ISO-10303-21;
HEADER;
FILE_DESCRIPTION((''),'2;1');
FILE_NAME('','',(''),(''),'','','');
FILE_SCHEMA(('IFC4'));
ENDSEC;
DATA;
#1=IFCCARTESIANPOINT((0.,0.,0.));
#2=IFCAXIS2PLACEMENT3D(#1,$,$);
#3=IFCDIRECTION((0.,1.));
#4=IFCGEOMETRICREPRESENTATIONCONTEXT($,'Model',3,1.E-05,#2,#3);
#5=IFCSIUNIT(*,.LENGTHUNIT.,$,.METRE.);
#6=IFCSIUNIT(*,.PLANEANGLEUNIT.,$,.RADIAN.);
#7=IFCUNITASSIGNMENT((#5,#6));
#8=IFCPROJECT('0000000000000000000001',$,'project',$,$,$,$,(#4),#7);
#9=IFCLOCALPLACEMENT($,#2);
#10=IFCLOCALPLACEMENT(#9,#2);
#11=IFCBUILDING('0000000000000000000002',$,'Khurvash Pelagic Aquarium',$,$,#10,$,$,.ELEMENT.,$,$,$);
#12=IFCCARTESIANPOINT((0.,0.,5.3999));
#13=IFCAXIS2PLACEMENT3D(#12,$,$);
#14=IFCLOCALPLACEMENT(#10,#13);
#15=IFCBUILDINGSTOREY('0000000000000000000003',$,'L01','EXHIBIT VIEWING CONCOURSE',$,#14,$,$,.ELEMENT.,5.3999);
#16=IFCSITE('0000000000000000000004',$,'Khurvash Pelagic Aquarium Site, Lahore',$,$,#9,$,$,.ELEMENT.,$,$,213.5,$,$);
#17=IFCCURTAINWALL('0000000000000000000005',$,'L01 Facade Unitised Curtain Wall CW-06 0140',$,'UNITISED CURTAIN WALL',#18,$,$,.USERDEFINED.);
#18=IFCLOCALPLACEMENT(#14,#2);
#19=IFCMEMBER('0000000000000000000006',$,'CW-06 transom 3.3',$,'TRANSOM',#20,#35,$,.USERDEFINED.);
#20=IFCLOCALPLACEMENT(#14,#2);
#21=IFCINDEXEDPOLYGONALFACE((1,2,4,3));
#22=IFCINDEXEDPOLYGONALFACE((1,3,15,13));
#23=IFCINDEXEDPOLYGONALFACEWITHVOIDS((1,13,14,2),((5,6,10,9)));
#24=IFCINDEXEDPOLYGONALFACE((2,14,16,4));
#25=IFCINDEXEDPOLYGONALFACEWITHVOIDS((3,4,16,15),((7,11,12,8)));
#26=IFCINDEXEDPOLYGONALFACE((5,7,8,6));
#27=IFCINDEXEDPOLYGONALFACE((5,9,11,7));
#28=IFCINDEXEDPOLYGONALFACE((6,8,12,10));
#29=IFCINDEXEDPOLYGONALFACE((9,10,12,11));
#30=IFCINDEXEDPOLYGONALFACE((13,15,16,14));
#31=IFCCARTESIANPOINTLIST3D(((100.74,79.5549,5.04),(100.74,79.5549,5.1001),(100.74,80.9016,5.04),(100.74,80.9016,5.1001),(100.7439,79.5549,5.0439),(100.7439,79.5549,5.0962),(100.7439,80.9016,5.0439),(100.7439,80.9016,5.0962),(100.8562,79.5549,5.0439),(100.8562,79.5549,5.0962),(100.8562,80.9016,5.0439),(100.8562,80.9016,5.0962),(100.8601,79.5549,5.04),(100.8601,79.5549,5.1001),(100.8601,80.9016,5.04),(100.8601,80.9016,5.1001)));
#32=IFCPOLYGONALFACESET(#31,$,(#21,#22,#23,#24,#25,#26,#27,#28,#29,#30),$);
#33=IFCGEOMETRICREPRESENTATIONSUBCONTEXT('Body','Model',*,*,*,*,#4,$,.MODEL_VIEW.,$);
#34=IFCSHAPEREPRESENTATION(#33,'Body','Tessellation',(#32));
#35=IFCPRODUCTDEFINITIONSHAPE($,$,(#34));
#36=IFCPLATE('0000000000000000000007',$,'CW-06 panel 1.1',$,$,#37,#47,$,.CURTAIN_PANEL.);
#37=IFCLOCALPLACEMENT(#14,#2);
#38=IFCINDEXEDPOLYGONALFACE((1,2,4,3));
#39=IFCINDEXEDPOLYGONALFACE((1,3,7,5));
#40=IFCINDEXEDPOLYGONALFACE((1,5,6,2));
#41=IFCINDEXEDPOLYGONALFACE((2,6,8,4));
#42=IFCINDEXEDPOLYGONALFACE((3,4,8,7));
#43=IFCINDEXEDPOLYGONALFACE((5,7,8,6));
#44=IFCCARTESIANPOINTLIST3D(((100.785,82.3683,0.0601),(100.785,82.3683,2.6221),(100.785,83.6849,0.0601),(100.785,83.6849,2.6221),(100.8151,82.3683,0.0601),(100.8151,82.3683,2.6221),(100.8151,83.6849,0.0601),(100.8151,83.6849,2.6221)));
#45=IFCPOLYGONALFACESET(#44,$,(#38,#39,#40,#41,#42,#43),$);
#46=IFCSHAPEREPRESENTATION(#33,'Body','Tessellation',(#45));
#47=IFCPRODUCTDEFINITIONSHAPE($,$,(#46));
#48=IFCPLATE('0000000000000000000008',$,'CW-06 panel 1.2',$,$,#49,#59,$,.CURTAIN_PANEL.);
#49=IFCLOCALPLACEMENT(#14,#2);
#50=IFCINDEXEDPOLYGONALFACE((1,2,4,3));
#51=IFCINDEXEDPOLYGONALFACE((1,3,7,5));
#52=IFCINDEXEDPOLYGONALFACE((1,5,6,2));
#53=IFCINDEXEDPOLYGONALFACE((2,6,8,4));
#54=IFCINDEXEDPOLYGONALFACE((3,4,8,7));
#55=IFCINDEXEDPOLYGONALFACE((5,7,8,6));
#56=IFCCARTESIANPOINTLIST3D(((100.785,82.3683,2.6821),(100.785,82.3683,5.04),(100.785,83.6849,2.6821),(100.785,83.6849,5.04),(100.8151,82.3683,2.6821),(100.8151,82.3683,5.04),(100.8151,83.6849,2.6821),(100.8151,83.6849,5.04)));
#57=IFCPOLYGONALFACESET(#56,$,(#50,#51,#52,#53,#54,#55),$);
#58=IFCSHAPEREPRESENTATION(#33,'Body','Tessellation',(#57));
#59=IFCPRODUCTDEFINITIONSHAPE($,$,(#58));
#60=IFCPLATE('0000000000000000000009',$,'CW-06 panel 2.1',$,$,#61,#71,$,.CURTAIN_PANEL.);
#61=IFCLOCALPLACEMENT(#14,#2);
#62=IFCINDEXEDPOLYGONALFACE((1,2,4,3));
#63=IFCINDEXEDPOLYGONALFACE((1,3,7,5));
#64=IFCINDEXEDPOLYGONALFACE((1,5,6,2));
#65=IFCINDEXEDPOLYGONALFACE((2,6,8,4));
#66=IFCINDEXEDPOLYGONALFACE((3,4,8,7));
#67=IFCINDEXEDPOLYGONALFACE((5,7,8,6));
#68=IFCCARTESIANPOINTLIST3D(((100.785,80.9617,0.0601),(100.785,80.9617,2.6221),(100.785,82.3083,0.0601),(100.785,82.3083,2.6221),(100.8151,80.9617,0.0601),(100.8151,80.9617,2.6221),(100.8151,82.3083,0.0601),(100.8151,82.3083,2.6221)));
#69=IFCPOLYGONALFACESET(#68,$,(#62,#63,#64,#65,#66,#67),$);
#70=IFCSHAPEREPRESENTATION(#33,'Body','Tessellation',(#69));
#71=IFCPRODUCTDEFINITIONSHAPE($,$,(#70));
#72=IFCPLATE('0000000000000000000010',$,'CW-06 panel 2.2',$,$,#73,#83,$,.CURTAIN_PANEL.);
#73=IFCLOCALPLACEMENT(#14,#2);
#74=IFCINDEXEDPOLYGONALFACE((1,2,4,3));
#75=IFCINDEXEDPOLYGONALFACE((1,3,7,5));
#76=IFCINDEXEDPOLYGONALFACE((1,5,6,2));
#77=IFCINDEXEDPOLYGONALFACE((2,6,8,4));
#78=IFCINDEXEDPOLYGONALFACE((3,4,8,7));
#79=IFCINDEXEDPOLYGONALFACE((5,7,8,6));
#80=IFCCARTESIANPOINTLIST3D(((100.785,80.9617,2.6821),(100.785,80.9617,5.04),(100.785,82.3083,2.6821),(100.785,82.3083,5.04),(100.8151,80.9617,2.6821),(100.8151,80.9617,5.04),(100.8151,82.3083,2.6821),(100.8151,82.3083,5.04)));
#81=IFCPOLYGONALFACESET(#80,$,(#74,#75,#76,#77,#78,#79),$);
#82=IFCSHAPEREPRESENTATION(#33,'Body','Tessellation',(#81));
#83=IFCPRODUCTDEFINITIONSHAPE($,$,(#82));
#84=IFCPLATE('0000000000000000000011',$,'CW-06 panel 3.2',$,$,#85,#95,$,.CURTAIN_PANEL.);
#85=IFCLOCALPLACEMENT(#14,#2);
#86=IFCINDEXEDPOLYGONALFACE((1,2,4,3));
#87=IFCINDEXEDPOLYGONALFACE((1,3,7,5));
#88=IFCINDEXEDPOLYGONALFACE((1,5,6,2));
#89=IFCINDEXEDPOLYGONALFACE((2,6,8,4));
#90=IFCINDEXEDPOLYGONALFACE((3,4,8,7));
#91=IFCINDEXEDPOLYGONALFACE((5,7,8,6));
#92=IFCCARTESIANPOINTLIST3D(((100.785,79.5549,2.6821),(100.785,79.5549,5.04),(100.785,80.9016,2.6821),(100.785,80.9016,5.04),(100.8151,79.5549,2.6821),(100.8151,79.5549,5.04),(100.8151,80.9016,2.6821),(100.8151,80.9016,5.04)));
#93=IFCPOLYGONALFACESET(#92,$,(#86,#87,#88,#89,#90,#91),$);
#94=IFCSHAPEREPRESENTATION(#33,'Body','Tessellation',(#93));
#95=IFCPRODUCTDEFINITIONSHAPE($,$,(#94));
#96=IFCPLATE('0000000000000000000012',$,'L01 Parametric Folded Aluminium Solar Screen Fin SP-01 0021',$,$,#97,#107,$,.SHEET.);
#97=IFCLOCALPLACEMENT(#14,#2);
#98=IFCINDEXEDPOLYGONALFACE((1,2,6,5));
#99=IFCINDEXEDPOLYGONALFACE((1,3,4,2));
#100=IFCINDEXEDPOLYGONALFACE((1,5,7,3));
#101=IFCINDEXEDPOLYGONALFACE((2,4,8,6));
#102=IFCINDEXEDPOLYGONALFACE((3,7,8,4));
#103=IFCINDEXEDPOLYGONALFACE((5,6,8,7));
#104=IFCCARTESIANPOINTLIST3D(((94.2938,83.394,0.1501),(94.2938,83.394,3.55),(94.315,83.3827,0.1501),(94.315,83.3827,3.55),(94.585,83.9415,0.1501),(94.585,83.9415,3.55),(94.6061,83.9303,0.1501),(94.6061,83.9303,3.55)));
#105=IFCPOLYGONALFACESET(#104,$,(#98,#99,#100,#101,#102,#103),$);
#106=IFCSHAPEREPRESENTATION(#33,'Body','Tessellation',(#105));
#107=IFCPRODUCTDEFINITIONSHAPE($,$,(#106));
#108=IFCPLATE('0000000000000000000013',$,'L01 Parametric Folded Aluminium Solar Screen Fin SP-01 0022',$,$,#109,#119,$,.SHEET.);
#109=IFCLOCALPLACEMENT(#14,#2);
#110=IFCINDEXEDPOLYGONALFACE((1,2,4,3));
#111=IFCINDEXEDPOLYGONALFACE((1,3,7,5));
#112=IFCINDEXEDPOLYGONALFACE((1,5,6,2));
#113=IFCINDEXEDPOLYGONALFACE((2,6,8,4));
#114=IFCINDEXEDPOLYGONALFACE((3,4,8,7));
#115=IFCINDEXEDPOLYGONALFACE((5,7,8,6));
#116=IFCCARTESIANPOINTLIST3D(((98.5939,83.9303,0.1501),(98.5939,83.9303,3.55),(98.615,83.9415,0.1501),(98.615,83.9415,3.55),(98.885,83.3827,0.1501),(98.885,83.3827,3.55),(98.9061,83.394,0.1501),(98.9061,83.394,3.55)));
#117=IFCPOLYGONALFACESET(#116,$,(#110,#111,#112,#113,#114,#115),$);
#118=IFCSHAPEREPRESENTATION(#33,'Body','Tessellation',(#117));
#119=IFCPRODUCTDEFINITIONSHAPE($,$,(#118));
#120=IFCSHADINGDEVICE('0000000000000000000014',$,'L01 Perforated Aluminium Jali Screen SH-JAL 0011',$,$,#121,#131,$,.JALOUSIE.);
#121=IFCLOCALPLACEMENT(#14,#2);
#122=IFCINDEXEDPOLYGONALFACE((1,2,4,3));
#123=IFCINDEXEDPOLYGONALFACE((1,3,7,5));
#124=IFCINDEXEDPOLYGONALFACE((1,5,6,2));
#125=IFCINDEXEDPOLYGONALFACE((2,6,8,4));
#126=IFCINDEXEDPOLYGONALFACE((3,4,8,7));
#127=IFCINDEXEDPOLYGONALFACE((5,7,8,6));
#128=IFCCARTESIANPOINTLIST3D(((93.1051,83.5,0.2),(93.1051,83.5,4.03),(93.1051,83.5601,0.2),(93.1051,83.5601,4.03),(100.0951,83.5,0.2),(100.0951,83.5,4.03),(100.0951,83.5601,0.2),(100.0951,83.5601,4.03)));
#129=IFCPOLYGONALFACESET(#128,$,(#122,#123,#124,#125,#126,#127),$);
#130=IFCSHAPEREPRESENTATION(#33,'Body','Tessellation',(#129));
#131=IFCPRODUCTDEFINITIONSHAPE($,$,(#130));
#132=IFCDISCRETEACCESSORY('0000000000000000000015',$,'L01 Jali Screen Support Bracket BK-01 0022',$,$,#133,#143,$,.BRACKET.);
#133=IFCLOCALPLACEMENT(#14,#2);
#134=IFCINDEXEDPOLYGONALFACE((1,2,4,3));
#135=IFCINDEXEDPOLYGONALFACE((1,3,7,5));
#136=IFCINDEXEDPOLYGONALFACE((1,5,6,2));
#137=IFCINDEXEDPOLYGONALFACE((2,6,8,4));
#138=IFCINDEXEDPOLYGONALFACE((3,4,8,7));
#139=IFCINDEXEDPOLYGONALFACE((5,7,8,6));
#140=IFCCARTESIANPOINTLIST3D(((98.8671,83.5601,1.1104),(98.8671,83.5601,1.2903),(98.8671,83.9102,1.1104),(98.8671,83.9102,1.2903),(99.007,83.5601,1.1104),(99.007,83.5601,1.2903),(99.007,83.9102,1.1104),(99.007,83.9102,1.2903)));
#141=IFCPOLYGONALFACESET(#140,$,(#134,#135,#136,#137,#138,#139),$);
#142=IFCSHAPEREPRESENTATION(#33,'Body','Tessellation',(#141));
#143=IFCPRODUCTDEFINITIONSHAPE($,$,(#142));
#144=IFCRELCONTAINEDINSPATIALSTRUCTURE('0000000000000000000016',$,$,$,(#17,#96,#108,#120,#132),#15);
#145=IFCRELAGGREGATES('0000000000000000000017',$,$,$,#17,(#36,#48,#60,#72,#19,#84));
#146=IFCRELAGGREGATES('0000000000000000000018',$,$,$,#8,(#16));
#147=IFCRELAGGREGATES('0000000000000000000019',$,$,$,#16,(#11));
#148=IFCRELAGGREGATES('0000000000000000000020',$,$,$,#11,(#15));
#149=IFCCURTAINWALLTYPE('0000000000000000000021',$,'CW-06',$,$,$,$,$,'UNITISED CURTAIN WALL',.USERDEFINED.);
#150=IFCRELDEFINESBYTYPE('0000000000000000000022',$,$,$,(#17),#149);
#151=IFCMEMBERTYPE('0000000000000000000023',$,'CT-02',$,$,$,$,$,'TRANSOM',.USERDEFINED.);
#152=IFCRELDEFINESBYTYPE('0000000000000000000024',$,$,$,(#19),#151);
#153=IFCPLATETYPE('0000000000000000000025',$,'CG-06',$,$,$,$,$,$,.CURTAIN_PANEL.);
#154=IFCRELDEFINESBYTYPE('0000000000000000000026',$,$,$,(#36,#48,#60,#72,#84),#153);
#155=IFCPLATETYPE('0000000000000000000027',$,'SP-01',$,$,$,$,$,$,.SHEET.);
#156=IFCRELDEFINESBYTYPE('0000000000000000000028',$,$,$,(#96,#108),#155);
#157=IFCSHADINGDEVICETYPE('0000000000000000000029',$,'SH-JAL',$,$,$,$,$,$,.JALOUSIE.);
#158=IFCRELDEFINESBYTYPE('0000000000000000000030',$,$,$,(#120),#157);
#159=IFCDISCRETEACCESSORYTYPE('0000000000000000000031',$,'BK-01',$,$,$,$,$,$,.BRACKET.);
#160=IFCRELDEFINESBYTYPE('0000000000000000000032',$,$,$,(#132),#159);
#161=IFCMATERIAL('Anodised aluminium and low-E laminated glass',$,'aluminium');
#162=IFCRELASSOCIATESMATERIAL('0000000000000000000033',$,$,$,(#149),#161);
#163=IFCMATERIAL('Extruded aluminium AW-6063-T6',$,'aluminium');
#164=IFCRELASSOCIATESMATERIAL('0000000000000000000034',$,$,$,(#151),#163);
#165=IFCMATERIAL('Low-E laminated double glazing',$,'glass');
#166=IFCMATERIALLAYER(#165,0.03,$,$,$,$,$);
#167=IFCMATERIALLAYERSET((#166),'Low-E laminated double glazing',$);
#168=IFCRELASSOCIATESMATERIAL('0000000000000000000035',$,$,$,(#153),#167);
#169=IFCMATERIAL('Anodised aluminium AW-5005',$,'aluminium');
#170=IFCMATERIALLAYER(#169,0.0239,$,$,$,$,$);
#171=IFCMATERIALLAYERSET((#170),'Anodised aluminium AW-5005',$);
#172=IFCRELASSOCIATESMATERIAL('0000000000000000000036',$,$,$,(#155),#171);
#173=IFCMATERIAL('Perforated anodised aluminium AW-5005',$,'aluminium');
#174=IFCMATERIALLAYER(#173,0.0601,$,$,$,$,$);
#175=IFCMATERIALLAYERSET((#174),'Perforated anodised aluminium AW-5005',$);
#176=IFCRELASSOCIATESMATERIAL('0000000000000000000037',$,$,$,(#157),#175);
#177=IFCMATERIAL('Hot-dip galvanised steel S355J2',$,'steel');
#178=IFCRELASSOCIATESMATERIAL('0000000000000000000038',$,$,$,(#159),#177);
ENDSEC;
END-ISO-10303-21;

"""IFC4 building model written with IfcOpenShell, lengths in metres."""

from ifc_helpers import new_model, si_unit, direction, frame, origin, origin_2d, place, context, subcontext, project, spatial, rectangle, hollow_rectangle, extrude, material, layer, layer_set, material_profile, profile_set, type_object, element, aggregate, save


model = new_model("IFC4")

# Units and contexts
model_context = context("Model", 3, precision=1e-05, world=origin(), true_north=direction((0.0, 1.0)))
body_context = subcontext(model_context, "Body", "Model", "MODEL_VIEW")
ifc_project = project(units=[si_unit("LENGTHUNIT", "METRE"), si_unit("PLANEANGLEUNIT", "RADIAN")], contexts=[model_context])

# Site, building, storey
site_placement = place(None, origin())
site = spatial("IfcSite", under=ifc_project, at=site_placement, Name="Khurvash Pelagic Aquarium Site, Lahore", CompositionType="ELEMENT", RefElevation=213.5)
building_placement = place(site_placement, origin())
building = spatial("IfcBuilding", under=site, at=building_placement, Name="Khurvash Pelagic Aquarium", CompositionType="ELEMENT")
storey_placement = place(building_placement, frame((0.0, 0.0, 5.3999)))
storey = spatial("IfcBuildingStorey", under=building, at=storey_placement, Name="L01", Description="EXHIBIT VIEWING CONCOURSE", CompositionType="ELEMENT", Elevation=5.3999)

# Curtain wall, member, plates
ifc_material_1 = material(Name="Anodised aluminium and low-E laminated glass", Category="aluminium")
curtain_wall_type = type_object("IfcCurtainWallType", Name="CW-06", ElementType="UNITISED CURTAIN WALL", PredefinedType="USERDEFINED", material=ifc_material_1)
curtain_wall_placement = place(storey_placement, origin())
curtain_wall = element("IfcCurtainWall", 1, at=curtain_wall_placement, inside=storey, type_object=curtain_wall_type, Name="L01 Facade Unitised Curtain Wall CW-06 0140", ObjectType="UNITISED CURTAIN WALL", PredefinedType="USERDEFINED")
ifc_material_2 = material(Name="Extruded aluminium AW-6063-T6", Category="aluminium")
ifc_material_profile_1 = material_profile(ifc_material_2, hollow_rectangle(XDim=0.1201, YDim=0.0601, WallThickness=0.0039, at=origin_2d()), Name="CWT120X60X4")
ifc_profile_set_1 = profile_set([ifc_material_profile_1], Name="Extruded aluminium AW-6063-T6")
member_type_1 = type_object("IfcMemberType", Name="CT-02", ElementType="TRANSOM", PredefinedType="USERDEFINED", material=ifc_profile_set_1)
member_1_placement = place(storey_placement, frame((100.8, 80.9016, 5.0701), z_axis=(0.0, -1.0, 0.0), x_axis=(1.0, 0.0, 0.0)))
member_1 = element("IfcMember", 2, at=member_1_placement, type_object=member_type_1, Name="CW-06 transom 3.3", ObjectType="TRANSOM", PredefinedType="USERDEFINED", context=body_context, shape_type="SweptSolid", body=[
    extrude(hollow_rectangle(XDim=0.1201, YDim=0.0601, WallThickness=0.0039, at=origin_2d()), origin(), (0.0, 0.0, 1.0), 1.3467),
])
ifc_material_3 = material(Name="Low-E laminated double glazing", Category="glass")
ifc_layer_1 = layer(ifc_material_3, 0.03)
ifc_layer_set_1 = layer_set([ifc_layer_1], Name="Low-E laminated double glazing")
plate_type_1 = type_object("IfcPlateType", Name="CG-06", PredefinedType="CURTAIN_PANEL", material=ifc_layer_set_1)
plate_1_placement = place(storey_placement, frame((100.8, 83.0266, 0.0601), z_axis=(0.0, 0.0, 1.0), x_axis=(0.0, -1.0, 0.0)))
plate_1 = element("IfcPlate", 3, at=plate_1_placement, type_object=plate_type_1, Name="CW-06 panel 1.1", PredefinedType="CURTAIN_PANEL", context=body_context, shape_type="SweptSolid", body=[
    extrude(rectangle(XDim=1.3167, YDim=0.03, at=origin_2d()), origin(), (0.0, 0.0, 1.0), 2.562),
])
plate_2_placement = place(storey_placement, frame((100.8, 83.0266, 2.6821), z_axis=(0.0, 0.0, 1.0), x_axis=(0.0, -1.0, 0.0)))
plate_2 = element("IfcPlate", 4, at=plate_2_placement, type_object=plate_type_1, Name="CW-06 panel 1.2", PredefinedType="CURTAIN_PANEL", context=body_context, shape_type="SweptSolid", body=[
    extrude(rectangle(XDim=1.3167, YDim=0.03, at=origin_2d()), origin(), (0.0, 0.0, 1.0), 2.3579),
])
plate_3_placement = place(storey_placement, frame((100.8, 81.635, 0.0601), z_axis=(0.0, 0.0, 1.0), x_axis=(0.0, -1.0, 0.0)))
plate_3 = element("IfcPlate", 5, at=plate_3_placement, type_object=plate_type_1, Name="CW-06 panel 2.1", PredefinedType="CURTAIN_PANEL", context=body_context, shape_type="SweptSolid", body=[
    extrude(rectangle(XDim=1.3467, YDim=0.03, at=origin_2d()), origin(), (0.0, 0.0, 1.0), 2.562),
])
plate_4_placement = place(storey_placement, frame((100.8, 81.635, 2.6821), z_axis=(0.0, 0.0, 1.0), x_axis=(0.0, -1.0, 0.0)))
plate_4 = element("IfcPlate", 6, at=plate_4_placement, type_object=plate_type_1, Name="CW-06 panel 2.2", PredefinedType="CURTAIN_PANEL", context=body_context, shape_type="SweptSolid", body=[
    extrude(rectangle(XDim=1.3467, YDim=0.03, at=origin_2d()), origin(), (0.0, 0.0, 1.0), 2.3579),
])
plate_5_placement = place(storey_placement, frame((100.8, 80.2283, 2.6821), z_axis=(0.0, 0.0, 1.0), x_axis=(0.0, -1.0, 0.0)))
plate_5 = element("IfcPlate", 7, at=plate_5_placement, type_object=plate_type_1, Name="CW-06 panel 3.2", PredefinedType="CURTAIN_PANEL", context=body_context, shape_type="SweptSolid", body=[
    extrude(rectangle(XDim=1.3467, YDim=0.03, at=origin_2d()), origin(), (0.0, 0.0, 1.0), 2.3579),
])
aggregate(curtain_wall, [plate_1, plate_2, plate_3, plate_4, member_1, plate_5])

# Plates
ifc_material_4 = material(Name="Anodised aluminium AW-5005", Category="aluminium")
ifc_layer_2 = layer(ifc_material_4, 0.0239)
ifc_layer_set_2 = layer_set([ifc_layer_2], Name="Anodised aluminium AW-5005")
plate_type_2 = type_object("IfcPlateType", Name="SP-01", PredefinedType="SHEET", material=ifc_layer_set_2)
for number, where, z_axis, x_axis, name in (
    (8, (94.45, 83.6621, 0.1501), (0.0, 0.0, 1.0), (-0.469472, -0.882948, 0.0), "L01 Parametric Folded Aluminium Solar Screen Fin SP-01 0021"),
    (9, (98.75, 83.6621, 0.1501), (0.0, 0.0, 1.0), (0.469472, -0.882948, 0.0), "L01 Parametric Folded Aluminium Solar Screen Fin SP-01 0022"),
):
    element("IfcPlate", number, at=place(storey_placement, frame(where, z_axis=z_axis, x_axis=x_axis)), inside=storey, type_object=plate_type_2, Name=name, PredefinedType="SHEET", context=body_context, shape_type="SweptSolid", body=[
        extrude(rectangle(XDim=0.6201, YDim=0.0239, at=origin_2d()), origin(), (0.0, 0.0, 1.0), 3.3999),
    ])

# Shading device
ifc_material_5 = material(Name="Perforated anodised aluminium AW-5005", Category="aluminium")
ifc_layer_3 = layer(ifc_material_5, 0.0601)
ifc_layer_set_3 = layer_set([ifc_layer_3], Name="Perforated anodised aluminium AW-5005")
shading_device_type = type_object("IfcShadingDeviceType", Name="SH-JAL", PredefinedType="JALOUSIE", material=ifc_layer_set_3)
shading_device_placement = place(storey_placement, frame((96.6001, 83.53, 0.2), z_axis=(0.0, 0.0, 1.0), x_axis=(1.0, 0.0, 0.0)))
element("IfcShadingDevice", 10, at=shading_device_placement, inside=storey, type_object=shading_device_type, Name="L01 Perforated Aluminium Jali Screen SH-JAL 0011", PredefinedType="JALOUSIE", context=body_context, shape_type="SweptSolid", body=[
    extrude(rectangle(XDim=6.99, YDim=0.0601, at=origin_2d()), origin(), (0.0, 0.0, 1.0), 3.8301),
])

# Discrete accessory
ifc_material_6 = material(Name="Hot-dip galvanised steel S355J2", Category="steel")
discrete_accessory_type = type_object("IfcDiscreteAccessoryType", Name="BK-01", PredefinedType="BRACKET", material=ifc_material_6)
discrete_accessory_placement = place(storey_placement, frame((98.937, 83.7351, 1.1104), z_axis=(0.0, 0.0, 1.0), x_axis=(1.0, 0.0, 0.0)))
element("IfcDiscreteAccessory", 11, at=discrete_accessory_placement, inside=storey, type_object=discrete_accessory_type, Name="L01 Jali Screen Support Bracket BK-01 0022", PredefinedType="BRACKET", context=body_context, shape_type="SweptSolid", body=[
    extrude(rectangle(XDim=0.1399, YDim=0.3501, at=origin_2d()), origin(), (0.0, 0.0, 1.0), 0.1799),
])

save(model, "model.ifc")
